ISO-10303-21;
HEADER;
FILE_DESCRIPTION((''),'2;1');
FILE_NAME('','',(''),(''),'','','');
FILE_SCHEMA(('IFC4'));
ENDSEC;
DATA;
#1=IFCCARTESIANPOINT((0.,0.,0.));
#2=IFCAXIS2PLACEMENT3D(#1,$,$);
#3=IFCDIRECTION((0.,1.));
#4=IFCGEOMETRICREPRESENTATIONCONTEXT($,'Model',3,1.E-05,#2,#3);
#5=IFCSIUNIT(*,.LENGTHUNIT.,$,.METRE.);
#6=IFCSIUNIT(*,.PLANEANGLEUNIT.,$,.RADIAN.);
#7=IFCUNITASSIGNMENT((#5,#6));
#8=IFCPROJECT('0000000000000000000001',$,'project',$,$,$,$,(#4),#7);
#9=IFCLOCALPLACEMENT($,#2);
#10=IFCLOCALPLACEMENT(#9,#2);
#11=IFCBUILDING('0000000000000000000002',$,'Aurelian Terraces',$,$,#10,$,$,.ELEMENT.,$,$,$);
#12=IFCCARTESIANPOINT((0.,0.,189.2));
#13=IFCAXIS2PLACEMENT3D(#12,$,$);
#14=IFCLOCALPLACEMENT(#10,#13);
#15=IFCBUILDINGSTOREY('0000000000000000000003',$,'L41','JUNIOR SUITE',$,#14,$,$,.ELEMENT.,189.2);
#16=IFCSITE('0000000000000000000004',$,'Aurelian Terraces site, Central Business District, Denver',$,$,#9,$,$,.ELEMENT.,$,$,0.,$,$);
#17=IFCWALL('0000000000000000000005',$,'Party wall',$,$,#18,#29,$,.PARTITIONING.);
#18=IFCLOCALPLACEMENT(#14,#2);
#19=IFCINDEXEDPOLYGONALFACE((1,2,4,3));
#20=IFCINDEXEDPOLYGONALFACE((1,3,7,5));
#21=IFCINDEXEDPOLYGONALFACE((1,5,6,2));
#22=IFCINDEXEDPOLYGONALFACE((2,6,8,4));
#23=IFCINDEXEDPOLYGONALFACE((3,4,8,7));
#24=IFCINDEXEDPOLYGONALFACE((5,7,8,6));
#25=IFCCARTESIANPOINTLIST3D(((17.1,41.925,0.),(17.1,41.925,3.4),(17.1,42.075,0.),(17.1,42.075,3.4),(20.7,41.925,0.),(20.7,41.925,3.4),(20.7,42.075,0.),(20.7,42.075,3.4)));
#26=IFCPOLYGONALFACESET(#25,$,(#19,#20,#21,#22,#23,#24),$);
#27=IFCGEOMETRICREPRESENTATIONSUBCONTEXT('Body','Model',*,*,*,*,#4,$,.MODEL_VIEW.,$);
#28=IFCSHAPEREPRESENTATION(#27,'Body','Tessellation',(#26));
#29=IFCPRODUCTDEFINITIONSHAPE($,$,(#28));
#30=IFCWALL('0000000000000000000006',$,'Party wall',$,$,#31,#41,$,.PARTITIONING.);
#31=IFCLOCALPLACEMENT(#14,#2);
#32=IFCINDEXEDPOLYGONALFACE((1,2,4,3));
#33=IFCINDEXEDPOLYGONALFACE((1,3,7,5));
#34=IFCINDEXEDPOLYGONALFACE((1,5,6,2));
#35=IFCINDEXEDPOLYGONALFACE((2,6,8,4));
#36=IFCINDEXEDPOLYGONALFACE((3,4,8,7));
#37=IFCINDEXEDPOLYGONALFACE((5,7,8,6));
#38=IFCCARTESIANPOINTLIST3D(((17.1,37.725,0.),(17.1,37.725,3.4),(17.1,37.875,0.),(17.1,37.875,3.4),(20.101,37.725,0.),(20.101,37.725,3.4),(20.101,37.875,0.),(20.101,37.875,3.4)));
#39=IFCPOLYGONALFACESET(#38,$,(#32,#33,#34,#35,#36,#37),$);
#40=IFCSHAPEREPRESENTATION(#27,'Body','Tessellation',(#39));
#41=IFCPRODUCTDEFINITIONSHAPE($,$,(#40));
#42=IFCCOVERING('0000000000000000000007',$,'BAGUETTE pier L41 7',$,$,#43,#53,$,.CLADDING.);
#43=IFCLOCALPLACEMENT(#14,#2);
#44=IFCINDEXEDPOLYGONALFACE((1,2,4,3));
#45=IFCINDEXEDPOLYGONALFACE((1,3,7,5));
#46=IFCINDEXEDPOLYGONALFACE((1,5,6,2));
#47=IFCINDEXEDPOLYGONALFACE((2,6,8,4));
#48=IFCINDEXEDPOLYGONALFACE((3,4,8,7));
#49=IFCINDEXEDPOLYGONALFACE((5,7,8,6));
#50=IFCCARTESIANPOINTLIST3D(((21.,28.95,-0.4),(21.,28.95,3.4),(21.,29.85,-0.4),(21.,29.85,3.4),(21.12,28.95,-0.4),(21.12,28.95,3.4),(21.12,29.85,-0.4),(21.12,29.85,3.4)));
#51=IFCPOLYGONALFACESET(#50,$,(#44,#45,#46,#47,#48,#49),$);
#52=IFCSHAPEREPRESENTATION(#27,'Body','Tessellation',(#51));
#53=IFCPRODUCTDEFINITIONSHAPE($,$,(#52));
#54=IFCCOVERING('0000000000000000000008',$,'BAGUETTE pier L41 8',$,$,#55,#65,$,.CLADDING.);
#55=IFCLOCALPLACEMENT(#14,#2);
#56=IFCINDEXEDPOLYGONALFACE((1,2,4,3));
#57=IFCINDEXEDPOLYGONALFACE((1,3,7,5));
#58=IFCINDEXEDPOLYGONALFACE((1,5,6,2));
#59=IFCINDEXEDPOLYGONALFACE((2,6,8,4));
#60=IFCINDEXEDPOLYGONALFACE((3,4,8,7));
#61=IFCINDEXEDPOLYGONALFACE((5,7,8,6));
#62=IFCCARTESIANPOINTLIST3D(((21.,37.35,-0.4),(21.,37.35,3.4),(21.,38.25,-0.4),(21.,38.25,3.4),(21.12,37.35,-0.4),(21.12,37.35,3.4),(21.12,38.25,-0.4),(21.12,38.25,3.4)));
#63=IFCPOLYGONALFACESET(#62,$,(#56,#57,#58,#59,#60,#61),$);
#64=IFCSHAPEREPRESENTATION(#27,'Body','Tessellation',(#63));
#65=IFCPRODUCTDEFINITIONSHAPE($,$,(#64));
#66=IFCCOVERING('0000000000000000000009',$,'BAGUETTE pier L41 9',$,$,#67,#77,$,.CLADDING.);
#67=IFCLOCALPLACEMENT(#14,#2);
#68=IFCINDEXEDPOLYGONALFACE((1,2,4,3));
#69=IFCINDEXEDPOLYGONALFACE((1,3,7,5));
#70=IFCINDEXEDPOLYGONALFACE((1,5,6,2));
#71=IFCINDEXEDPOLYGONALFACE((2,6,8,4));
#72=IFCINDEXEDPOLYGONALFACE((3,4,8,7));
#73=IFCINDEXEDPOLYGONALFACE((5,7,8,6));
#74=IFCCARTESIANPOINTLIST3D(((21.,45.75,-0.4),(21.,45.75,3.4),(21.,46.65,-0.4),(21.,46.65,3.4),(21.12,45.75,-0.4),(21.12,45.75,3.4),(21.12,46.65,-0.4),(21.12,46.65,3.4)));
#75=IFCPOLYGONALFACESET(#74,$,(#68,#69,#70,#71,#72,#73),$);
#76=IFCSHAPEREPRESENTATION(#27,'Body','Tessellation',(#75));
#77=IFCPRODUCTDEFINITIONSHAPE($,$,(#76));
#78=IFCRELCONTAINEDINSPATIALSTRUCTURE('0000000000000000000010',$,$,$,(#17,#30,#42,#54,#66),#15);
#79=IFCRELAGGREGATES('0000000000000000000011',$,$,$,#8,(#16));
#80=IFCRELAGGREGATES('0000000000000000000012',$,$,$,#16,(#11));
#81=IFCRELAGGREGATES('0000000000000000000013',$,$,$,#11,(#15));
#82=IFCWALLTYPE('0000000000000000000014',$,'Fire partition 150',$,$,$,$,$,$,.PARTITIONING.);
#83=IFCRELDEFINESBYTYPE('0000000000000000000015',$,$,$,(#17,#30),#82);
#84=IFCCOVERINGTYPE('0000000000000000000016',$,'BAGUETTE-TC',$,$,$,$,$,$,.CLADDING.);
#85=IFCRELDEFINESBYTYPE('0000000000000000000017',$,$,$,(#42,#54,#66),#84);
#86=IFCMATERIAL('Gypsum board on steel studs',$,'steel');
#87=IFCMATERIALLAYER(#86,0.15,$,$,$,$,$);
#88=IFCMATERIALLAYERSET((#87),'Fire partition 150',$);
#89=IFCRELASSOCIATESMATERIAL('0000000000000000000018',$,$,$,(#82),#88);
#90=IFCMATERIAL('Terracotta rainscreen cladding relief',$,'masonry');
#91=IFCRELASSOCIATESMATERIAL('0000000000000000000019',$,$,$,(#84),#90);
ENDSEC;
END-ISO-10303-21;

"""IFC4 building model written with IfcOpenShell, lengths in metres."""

from ifc_helpers import new_model, si_unit, direction, frame, frame_2d, origin, origin_2d, place, context, subcontext, project, spatial, rectangle, extrude, source, transform, mapped, material, layer, layer_set, type_object, element, save


model = new_model("IFC4")

# Units and contexts
model_context = context("Model", 3, precision=1e-05, world=origin(), true_north=direction((0.0, 1.0)))
body_context = subcontext(model_context, "Body", "Model", "MODEL_VIEW")
ifc_project = project(units=[si_unit("LENGTHUNIT", "METRE"), si_unit("PLANEANGLEUNIT", "RADIAN")], contexts=[model_context])

# Site, building, storey
site_placement = place(None, origin())
site = spatial("IfcSite", under=ifc_project, at=site_placement, Name="Aurelian Terraces site, Central Business District, Denver", CompositionType="ELEMENT", RefElevation=0.0)
building_placement = place(site_placement, origin())
building = spatial("IfcBuilding", under=site, at=building_placement, Name="Aurelian Terraces", CompositionType="ELEMENT")
storey_placement = place(building_placement, frame((0.0, 0.0, 189.2)))
storey = spatial("IfcBuildingStorey", under=building, at=storey_placement, Name="L41", Description="JUNIOR SUITE", CompositionType="ELEMENT", Elevation=189.2)

# Walls
ifc_material_1 = material(Name="Gypsum board on steel studs", Category="steel")
ifc_layer_1 = layer(ifc_material_1, 0.15)
ifc_layer_set_1 = layer_set([ifc_layer_1], Name="Fire partition 150")
wall_type_1 = type_object("IfcWallType", Name="Fire partition 150", PredefinedType="PARTITIONING", material=ifc_layer_set_1)
shared_shape_1 = source(origin(), body_context, "Body", "SweptSolid", [
    extrude(rectangle(XDim=3.6, YDim=0.15, at=frame_2d((1.8, 0.0))), origin(), (0.0, 0.0, 1.0), 3.4),
])
wall_1_placement = place(storey_placement, frame((20.7, 42.0, 0.0), z_axis=(0.0, 0.0, 1.0), x_axis=(-1.0, 0.0, 0.0)))
element("IfcWall", 1, at=wall_1_placement, inside=storey, type_object=wall_type_1, Name="Party wall", PredefinedType="PARTITIONING", context=body_context, shape_type="MappedRepresentation", body=[
    mapped(shared_shape_1, transform((0.0, 0.0, 0.0), scale=1.0)),
])
shared_shape_2 = source(origin(), body_context, "Body", "SweptSolid", [
    extrude(rectangle(XDim=3.001, YDim=0.15, at=frame_2d((1.5005, 0.0))), origin(), (0.0, 0.0, 1.0), 3.4),
])
wall_2_placement = place(storey_placement, frame((20.101, 37.8, 0.0), z_axis=(0.0, 0.0, 1.0), x_axis=(-1.0, 0.0, 0.0)))
element("IfcWall", 2, at=wall_2_placement, inside=storey, type_object=wall_type_1, Name="Party wall", PredefinedType="PARTITIONING", context=body_context, shape_type="MappedRepresentation", body=[
    mapped(shared_shape_2, transform((0.0, 0.0, 0.0), scale=1.0)),
])

# Coverings
ifc_material_2 = material(Name="Terracotta rainscreen cladding relief", Category="masonry")
covering_type = type_object("IfcCoveringType", Name="BAGUETTE-TC", PredefinedType="CLADDING", material=ifc_material_2)
shared_shape_3 = source(origin(), body_context, "Body", "SweptSolid", [
    extrude(rectangle(XDim=0.12, YDim=0.9, at=origin_2d()), origin(), (0.0, 0.0, 1.0), 3.8),
])
for number, where, z_axis, x_axis, name in (
    (3, (21.06, 29.4, -0.4), (0.0, 0.0, 1.0), (1.0, 0.0, 0.0), "BAGUETTE pier L41 7"),
    (4, (21.06, 37.8, -0.4), (0.0, 0.0, 1.0), (1.0, 0.0, 0.0), "BAGUETTE pier L41 8"),
    (5, (21.06, 46.2, -0.4), (0.0, 0.0, 1.0), (1.0, 0.0, 0.0), "BAGUETTE pier L41 9"),
):
    element("IfcCovering", number, at=place(storey_placement, frame(where, z_axis=z_axis, x_axis=x_axis)), inside=storey, type_object=covering_type, Name=name, PredefinedType="CLADDING", context=body_context, shape_type="MappedRepresentation", body=[
        mapped(shared_shape_3, transform((0.0, 0.0, 0.0), scale=1.0)),
    ])

save(model, "model.ifc")
